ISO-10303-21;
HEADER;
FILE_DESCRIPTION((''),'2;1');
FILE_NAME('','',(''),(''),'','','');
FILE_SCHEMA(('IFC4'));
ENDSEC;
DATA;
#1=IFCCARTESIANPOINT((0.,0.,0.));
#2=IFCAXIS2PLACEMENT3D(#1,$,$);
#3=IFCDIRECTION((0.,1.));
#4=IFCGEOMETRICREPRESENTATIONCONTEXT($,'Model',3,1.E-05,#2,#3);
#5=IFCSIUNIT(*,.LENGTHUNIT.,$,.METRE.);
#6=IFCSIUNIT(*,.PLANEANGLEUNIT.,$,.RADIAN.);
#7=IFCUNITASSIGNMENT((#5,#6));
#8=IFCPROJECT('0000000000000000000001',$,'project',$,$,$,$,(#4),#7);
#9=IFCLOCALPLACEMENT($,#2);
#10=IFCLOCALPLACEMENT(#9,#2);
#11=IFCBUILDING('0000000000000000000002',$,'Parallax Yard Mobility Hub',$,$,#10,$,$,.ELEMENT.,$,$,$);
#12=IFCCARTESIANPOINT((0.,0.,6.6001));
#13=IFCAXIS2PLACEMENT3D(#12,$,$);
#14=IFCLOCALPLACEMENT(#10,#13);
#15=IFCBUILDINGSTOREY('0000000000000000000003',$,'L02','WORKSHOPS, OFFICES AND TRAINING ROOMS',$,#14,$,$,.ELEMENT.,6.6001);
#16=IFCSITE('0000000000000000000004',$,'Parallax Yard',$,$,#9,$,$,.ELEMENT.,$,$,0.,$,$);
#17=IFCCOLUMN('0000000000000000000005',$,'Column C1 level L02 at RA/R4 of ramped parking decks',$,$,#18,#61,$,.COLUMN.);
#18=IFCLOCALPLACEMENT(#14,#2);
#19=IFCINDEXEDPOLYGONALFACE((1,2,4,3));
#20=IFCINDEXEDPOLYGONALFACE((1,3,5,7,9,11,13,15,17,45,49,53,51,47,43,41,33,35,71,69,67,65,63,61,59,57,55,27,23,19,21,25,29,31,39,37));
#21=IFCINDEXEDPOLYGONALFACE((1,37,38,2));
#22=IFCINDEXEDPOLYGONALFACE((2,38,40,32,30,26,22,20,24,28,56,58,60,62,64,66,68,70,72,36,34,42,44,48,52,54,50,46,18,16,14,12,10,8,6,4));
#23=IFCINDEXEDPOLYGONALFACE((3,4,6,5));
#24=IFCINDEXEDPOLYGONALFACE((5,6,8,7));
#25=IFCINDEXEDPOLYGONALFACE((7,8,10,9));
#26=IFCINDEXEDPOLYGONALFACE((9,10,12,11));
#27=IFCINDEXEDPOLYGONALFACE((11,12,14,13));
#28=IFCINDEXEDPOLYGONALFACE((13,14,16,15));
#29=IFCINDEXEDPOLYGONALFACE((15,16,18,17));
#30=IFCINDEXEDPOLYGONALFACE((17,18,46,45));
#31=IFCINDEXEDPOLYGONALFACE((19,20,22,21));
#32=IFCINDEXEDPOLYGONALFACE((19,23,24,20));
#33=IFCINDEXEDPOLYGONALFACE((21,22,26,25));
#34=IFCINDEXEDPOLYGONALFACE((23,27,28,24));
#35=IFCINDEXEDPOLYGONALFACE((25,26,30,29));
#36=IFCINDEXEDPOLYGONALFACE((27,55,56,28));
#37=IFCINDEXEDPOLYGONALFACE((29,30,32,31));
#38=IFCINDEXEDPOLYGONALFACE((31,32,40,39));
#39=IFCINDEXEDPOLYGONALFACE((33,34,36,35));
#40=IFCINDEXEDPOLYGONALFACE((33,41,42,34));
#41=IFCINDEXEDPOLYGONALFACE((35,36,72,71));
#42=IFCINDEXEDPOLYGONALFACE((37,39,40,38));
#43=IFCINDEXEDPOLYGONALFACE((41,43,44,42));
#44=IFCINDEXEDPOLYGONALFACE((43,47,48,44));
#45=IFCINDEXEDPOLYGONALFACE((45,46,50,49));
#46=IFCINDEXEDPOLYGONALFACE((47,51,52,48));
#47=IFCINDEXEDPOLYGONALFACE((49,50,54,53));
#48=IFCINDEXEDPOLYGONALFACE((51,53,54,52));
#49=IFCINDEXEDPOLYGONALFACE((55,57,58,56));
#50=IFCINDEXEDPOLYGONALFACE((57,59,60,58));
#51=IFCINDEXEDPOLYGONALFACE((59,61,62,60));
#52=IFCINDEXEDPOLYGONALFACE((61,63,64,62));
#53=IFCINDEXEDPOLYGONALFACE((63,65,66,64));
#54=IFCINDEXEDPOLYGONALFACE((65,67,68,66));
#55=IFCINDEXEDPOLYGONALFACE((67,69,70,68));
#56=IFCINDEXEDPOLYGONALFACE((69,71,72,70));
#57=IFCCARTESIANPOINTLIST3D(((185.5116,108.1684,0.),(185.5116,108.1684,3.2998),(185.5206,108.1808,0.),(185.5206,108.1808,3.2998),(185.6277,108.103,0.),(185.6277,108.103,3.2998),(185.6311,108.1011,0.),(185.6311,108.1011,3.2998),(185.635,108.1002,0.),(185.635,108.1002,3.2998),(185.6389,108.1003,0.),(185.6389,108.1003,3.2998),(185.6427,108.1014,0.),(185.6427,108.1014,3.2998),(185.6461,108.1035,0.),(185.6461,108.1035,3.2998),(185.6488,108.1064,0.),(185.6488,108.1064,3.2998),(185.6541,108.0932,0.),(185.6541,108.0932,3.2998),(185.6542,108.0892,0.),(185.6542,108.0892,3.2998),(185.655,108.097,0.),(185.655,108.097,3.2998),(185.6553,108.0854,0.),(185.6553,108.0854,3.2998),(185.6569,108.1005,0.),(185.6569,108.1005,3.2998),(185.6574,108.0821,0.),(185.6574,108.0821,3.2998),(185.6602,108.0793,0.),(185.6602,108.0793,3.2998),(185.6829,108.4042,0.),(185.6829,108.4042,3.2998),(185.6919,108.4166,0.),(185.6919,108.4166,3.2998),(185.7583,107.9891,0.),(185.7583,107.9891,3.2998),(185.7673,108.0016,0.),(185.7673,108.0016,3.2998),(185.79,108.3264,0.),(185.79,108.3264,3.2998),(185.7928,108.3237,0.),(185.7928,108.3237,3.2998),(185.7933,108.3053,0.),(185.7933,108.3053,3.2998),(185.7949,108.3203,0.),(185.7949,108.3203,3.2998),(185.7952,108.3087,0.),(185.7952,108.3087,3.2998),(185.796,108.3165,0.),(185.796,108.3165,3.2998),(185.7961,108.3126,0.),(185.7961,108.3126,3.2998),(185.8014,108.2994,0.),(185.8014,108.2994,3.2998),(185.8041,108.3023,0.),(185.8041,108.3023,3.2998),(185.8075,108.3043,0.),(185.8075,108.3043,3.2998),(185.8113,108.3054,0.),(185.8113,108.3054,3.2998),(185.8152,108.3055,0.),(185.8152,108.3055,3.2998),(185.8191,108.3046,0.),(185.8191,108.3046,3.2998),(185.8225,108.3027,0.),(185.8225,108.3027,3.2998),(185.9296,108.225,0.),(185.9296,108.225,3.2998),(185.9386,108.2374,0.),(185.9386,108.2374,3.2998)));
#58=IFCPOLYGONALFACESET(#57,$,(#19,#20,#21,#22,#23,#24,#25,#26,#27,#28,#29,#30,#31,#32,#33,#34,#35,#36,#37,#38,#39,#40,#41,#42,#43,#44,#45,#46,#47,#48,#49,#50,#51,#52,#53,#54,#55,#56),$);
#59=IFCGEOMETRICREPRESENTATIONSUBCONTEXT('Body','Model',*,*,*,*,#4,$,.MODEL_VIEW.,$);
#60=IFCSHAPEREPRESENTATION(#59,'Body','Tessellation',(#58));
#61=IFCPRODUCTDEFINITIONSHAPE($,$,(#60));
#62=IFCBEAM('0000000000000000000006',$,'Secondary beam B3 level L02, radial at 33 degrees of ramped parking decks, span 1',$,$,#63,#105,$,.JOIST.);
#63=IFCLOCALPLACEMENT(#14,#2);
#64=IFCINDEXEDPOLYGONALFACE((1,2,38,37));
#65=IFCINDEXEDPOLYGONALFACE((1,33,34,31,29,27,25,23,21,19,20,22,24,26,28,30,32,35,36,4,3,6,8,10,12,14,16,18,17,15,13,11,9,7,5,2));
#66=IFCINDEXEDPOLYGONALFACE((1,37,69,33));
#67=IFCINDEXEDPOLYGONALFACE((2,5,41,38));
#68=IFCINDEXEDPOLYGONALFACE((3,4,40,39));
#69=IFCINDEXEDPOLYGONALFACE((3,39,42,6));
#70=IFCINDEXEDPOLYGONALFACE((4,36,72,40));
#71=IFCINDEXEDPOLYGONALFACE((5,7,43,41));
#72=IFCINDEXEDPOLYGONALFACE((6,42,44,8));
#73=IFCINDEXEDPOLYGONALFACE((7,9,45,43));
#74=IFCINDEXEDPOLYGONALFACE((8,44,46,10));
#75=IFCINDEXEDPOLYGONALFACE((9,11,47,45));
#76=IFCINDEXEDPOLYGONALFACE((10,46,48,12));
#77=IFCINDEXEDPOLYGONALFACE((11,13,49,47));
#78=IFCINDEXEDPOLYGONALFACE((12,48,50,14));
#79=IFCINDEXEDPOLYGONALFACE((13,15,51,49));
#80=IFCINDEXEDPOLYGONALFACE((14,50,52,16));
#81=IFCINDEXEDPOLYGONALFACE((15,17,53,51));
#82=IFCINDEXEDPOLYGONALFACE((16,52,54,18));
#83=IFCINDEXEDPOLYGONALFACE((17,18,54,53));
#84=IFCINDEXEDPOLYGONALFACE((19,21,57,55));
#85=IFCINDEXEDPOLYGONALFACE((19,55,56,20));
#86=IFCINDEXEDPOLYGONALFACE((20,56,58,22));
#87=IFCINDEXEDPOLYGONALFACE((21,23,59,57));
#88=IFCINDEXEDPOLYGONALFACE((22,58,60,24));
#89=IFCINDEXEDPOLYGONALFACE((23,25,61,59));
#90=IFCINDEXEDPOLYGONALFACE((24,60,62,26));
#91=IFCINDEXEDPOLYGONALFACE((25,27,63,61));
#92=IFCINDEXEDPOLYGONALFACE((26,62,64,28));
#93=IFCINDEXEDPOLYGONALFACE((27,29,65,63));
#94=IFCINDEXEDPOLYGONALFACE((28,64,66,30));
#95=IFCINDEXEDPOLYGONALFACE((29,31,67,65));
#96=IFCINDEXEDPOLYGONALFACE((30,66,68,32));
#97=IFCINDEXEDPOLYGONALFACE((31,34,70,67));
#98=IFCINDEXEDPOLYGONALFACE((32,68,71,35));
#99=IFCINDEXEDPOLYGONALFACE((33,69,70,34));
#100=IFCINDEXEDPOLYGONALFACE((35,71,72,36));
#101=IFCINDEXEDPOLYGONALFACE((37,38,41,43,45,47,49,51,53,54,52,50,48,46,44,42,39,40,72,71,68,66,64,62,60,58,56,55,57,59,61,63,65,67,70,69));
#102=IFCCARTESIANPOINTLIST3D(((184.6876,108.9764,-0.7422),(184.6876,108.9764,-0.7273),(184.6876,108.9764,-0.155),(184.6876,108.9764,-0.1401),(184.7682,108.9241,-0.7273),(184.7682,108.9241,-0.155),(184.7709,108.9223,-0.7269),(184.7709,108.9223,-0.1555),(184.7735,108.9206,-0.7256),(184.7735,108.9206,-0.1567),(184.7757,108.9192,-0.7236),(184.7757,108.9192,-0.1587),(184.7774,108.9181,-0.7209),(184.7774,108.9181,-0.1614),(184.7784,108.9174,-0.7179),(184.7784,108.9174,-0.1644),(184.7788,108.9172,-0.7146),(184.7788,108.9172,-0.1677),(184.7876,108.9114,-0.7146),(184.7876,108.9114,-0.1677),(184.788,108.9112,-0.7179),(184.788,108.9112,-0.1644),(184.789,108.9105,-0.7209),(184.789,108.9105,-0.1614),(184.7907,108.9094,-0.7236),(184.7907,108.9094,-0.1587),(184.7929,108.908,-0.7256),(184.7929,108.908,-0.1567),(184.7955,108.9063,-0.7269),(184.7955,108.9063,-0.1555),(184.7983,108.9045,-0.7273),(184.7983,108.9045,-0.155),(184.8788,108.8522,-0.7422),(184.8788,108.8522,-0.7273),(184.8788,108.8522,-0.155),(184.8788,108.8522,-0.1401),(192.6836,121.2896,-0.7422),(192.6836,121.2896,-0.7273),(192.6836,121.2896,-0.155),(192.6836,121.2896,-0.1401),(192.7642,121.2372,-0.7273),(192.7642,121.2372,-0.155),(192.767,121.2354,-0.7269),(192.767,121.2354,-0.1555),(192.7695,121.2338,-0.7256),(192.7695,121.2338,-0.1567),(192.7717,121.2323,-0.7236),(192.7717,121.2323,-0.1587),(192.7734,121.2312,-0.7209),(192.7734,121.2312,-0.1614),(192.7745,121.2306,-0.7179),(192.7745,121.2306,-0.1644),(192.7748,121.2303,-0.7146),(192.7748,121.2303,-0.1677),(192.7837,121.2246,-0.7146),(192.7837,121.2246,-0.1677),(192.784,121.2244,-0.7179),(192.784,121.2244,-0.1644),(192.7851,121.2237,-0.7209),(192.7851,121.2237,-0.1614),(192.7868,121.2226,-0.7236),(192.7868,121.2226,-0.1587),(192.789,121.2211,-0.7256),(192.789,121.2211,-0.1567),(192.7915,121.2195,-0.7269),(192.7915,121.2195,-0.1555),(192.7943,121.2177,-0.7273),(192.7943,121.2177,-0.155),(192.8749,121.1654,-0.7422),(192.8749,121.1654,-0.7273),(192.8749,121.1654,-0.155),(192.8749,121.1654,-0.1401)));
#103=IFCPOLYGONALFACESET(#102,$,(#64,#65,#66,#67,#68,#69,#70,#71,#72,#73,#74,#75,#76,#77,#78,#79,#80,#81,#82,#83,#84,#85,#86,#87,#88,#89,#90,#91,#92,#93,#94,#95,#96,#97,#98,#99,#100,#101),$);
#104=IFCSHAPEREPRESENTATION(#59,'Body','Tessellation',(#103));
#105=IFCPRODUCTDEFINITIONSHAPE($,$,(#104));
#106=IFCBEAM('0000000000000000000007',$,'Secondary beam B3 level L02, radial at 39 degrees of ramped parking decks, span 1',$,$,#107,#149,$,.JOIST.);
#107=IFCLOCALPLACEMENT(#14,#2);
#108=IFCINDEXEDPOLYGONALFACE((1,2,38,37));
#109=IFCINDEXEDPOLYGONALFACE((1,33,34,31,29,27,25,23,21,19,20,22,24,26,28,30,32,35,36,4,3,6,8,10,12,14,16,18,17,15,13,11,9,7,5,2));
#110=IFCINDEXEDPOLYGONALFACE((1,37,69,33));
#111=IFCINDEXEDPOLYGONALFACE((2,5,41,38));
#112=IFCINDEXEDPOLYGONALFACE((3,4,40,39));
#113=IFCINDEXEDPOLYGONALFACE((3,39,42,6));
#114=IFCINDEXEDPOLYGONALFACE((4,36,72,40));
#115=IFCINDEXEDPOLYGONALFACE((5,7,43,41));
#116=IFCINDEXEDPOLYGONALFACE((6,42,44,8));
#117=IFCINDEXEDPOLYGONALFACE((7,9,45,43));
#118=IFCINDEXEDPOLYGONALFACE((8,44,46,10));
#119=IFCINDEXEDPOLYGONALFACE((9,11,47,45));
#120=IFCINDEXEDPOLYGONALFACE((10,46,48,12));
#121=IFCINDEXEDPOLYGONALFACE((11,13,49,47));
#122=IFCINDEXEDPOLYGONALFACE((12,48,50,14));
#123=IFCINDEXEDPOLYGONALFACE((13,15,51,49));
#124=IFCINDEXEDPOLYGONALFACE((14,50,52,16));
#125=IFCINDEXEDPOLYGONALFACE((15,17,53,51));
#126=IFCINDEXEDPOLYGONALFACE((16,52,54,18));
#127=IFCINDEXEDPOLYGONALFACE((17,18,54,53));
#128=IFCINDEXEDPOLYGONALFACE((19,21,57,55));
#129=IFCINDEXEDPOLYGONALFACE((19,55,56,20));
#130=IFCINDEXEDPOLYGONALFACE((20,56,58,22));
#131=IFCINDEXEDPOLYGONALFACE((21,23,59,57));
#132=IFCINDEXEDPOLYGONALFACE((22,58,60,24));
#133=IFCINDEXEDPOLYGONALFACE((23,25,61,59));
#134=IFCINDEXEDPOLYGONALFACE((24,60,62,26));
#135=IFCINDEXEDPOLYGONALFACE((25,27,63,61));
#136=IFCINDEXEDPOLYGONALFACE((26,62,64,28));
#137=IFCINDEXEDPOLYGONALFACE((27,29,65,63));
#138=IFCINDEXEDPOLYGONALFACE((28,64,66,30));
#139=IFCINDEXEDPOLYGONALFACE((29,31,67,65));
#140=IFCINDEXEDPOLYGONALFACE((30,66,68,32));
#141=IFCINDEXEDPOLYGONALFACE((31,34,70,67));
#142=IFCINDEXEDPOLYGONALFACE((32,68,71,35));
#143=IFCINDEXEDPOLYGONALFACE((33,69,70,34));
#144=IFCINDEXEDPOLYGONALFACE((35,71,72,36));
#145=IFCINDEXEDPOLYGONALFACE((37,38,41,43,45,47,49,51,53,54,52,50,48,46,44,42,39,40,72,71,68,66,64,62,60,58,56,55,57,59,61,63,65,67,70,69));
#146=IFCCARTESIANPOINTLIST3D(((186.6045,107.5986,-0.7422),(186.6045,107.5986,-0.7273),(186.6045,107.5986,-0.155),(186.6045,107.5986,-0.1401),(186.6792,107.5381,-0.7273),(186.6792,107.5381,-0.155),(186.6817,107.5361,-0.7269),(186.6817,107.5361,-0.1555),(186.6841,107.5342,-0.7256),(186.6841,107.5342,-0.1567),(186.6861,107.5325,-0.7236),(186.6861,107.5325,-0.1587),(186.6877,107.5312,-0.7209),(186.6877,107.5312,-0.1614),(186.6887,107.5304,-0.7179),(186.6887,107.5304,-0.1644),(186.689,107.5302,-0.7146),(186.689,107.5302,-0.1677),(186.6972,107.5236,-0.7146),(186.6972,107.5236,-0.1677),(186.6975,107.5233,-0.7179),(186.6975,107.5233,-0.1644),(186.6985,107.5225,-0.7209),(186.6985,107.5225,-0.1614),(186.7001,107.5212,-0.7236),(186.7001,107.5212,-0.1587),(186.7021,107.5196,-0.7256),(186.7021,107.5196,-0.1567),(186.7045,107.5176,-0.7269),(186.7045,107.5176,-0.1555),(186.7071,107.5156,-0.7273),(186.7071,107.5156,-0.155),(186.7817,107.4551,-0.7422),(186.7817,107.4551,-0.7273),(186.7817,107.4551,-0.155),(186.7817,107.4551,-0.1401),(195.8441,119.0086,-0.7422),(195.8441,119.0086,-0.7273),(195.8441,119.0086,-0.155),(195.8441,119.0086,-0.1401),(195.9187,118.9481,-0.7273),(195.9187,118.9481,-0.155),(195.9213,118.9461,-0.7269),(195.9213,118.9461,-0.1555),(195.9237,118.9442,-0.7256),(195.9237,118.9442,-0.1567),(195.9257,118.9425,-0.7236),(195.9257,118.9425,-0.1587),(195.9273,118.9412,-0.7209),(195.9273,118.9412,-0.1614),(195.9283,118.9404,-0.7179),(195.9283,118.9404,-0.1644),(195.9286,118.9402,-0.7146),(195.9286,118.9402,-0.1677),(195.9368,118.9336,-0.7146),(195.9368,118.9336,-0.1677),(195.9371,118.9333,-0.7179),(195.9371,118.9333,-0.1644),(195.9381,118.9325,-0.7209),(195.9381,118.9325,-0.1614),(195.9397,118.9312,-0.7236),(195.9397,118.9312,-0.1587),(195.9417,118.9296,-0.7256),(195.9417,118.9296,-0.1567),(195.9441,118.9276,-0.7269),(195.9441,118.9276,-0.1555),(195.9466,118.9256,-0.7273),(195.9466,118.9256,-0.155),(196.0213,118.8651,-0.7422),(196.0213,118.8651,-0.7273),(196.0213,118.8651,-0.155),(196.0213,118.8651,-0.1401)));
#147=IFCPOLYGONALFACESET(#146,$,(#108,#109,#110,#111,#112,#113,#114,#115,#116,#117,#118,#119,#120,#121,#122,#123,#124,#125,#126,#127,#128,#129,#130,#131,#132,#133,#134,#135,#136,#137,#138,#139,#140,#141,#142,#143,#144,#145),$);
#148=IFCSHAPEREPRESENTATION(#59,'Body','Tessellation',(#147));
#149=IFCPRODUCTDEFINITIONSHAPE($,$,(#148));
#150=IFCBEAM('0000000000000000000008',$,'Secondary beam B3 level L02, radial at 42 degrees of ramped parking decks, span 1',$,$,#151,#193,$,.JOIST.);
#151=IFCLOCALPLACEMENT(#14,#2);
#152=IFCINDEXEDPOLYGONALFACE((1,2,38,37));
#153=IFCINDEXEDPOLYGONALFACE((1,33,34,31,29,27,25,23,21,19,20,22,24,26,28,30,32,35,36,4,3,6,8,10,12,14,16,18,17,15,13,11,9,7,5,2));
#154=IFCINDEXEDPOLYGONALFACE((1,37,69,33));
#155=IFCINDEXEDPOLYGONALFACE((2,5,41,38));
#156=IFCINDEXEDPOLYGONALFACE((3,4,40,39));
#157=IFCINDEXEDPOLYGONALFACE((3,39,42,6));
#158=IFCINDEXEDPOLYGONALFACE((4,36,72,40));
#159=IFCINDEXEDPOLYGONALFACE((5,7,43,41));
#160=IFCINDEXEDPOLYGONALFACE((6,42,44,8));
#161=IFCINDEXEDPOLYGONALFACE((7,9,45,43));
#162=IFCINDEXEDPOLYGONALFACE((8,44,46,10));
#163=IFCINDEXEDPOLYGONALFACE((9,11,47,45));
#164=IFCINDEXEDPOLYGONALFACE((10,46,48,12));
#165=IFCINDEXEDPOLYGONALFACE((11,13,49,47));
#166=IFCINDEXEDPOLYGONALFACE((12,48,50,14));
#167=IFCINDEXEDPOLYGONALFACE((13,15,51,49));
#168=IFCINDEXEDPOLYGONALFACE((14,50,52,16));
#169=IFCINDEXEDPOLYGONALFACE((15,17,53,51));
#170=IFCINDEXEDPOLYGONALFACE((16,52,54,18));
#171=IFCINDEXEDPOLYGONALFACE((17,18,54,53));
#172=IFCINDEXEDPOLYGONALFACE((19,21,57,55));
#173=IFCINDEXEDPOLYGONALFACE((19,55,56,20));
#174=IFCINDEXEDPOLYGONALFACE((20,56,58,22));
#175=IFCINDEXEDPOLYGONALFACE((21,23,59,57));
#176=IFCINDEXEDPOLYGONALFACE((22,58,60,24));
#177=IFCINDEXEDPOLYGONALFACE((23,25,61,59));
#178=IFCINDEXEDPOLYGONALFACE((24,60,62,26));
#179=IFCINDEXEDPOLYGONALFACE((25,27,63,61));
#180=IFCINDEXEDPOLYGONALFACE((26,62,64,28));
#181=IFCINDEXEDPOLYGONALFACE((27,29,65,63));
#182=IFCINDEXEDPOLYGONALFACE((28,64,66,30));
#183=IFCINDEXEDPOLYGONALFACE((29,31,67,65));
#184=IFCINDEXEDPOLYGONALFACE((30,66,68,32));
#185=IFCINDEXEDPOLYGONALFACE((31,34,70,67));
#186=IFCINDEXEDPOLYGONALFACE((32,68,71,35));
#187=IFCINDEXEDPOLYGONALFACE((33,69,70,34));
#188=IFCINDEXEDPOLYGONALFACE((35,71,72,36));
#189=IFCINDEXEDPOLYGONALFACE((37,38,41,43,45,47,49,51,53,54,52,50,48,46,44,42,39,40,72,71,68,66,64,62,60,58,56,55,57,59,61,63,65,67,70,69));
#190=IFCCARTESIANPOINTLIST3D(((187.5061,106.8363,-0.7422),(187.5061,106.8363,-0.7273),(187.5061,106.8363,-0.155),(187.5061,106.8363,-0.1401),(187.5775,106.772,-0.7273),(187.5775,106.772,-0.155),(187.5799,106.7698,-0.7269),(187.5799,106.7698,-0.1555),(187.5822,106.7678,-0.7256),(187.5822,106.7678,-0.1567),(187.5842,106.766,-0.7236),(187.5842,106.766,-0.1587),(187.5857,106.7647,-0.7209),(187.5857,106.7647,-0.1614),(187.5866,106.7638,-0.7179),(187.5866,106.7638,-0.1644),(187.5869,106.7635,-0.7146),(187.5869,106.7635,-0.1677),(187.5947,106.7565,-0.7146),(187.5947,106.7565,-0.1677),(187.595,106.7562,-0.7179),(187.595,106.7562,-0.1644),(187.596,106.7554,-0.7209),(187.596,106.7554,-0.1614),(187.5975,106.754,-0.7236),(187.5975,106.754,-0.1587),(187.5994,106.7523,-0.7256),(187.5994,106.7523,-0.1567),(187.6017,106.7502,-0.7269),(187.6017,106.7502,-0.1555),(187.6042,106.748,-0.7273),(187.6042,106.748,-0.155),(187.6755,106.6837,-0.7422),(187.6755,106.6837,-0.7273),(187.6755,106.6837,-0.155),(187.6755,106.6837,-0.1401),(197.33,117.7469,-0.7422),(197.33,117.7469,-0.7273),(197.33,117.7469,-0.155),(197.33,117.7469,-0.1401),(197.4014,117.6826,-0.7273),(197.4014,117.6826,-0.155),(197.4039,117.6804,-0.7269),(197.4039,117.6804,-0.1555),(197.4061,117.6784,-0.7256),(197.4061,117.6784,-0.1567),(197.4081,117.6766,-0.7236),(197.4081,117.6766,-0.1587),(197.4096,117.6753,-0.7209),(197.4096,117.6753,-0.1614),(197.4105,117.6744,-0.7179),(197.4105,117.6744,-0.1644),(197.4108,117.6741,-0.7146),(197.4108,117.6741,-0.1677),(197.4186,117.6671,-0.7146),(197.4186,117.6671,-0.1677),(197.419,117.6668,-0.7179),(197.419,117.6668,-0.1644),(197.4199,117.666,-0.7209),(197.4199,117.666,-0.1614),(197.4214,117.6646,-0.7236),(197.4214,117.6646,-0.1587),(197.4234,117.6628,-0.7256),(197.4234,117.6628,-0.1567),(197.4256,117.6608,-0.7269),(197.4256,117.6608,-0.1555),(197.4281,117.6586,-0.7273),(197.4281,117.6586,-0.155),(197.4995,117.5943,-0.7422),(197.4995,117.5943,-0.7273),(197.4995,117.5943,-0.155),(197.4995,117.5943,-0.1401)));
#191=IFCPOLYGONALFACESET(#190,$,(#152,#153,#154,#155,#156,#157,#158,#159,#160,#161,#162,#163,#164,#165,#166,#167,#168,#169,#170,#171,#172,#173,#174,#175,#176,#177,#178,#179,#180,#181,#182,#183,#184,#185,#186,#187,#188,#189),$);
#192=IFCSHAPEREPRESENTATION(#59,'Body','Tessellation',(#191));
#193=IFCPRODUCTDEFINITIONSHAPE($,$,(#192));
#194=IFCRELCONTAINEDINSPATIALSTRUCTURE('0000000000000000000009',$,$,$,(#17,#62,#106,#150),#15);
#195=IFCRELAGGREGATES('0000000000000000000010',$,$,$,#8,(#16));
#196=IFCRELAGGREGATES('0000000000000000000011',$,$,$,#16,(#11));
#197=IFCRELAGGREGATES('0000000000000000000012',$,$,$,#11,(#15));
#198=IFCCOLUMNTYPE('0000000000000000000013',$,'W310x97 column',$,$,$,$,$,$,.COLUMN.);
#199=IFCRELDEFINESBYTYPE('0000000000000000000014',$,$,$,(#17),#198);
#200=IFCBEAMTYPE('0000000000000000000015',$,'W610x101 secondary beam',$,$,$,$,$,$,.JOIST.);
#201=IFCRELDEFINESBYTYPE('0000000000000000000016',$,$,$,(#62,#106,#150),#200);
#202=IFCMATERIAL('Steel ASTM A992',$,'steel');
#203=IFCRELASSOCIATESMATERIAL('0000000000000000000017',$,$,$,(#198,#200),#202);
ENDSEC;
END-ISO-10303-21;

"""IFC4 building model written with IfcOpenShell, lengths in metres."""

from ifc_helpers import new_model, si_unit, direction, frame, origin, origin_2d, place, context, subcontext, project, spatial, i_section, extrude, material, material_profile, profile_set, type_object, element, save


model = new_model("IFC4")

# Units and contexts
model_context = context("Model", 3, precision=1e-05, world=origin(), true_north=direction((0.0, 1.0)))
body_context = subcontext(model_context, "Body", "Model", "MODEL_VIEW")
ifc_project = project(units=[si_unit("LENGTHUNIT", "METRE"), si_unit("PLANEANGLEUNIT", "RADIAN")], contexts=[model_context])

# Site, building, storey
site_placement = place(None, origin())
site = spatial("IfcSite", under=ifc_project, at=site_placement, Name="Parallax Yard", CompositionType="ELEMENT", RefElevation=0.0)
building_placement = place(site_placement, origin())
building = spatial("IfcBuilding", under=site, at=building_placement, Name="Parallax Yard Mobility Hub", CompositionType="ELEMENT")
storey_placement = place(building_placement, frame((0.0, 0.0, 6.6001)))
storey = spatial("IfcBuildingStorey", under=building, at=storey_placement, Name="L02", Description="WORKSHOPS, OFFICES AND TRAINING ROOMS", CompositionType="ELEMENT", Elevation=6.6001)

# Column
ifc_material_1 = material(Name="Steel ASTM A992", Category="steel")
ifc_material_profile_1 = material_profile(ifc_material_1, i_section(OverallWidth=0.3049, OverallDepth=0.3069, WebThickness=0.01, FlangeThickness=0.0154, FilletRadius=0.0151, at=origin_2d()), Name="W310x97")
ifc_profile_set_1 = profile_set([ifc_material_profile_1], Name="Steel ASTM A992")
column_type = type_object("IfcColumnType", Name="W310x97 column", PredefinedType="COLUMN", material=ifc_profile_set_1)
column_placement = place(storey_placement, frame((185.7251, 108.2029, 0.0), z_axis=(0.0, 0.0, 1.0), x_axis=(-0.809017, 0.587785, 0.0)))
element("IfcColumn", 1, at=column_placement, inside=storey, type_object=column_type, Name="Column C1 level L02 at RA/R4 of ramped parking decks", PredefinedType="COLUMN", context=body_context, shape_type="SweptSolid", body=[
    extrude(i_section(OverallWidth=0.3049, OverallDepth=0.3069, WebThickness=0.01, FlangeThickness=0.0154, FilletRadius=0.0151, at=origin_2d()), origin(), (0.0, 0.0, 1.0), 3.2998),
])

# Beams
ifc_material_profile_2 = material_profile(ifc_material_1, i_section(OverallWidth=0.228, OverallDepth=0.6021, WebThickness=0.0105, FlangeThickness=0.0149, FilletRadius=0.0127, at=origin_2d()), Name="W610x101")
ifc_profile_set_2 = profile_set([ifc_material_profile_2], Name="Steel ASTM A992")
beam_type_1 = type_object("IfcBeamType", Name="W610x101 secondary beam", PredefinedType="JOIST", material=ifc_profile_set_2)
beam_1_placement = place(storey_placement, frame((184.7832, 108.9143, -0.4412), z_axis=(0.544629, 0.838677, 0.0), x_axis=(-0.838677, 0.544629, 0.0)))
element("IfcBeam", 2, at=beam_1_placement, inside=storey, type_object=beam_type_1, Name="Secondary beam B3 level L02, radial at 33 degrees of ramped parking decks, span 1", PredefinedType="JOIST", context=body_context, shape_type="SweptSolid", body=[
    extrude(i_section(OverallWidth=0.228, OverallDepth=0.6021, WebThickness=0.0105, FlangeThickness=0.0149, FilletRadius=0.0127, at=origin_2d()), origin(), (0.0, 0.0, 1.0), 14.6816),
])
beam_2_placement = place(storey_placement, frame((186.6931, 107.5269, -0.4412), z_axis=(0.629318, 0.777148, 0.0), x_axis=(-0.777148, 0.629318, 0.0)))
element("IfcBeam", 3, at=beam_2_placement, inside=storey, type_object=beam_type_1, Name="Secondary beam B3 level L02, radial at 39 degrees of ramped parking decks, span 1", PredefinedType="JOIST", context=body_context, shape_type="SweptSolid", body=[
    extrude(i_section(OverallWidth=0.228, OverallDepth=0.6021, WebThickness=0.0105, FlangeThickness=0.0149, FilletRadius=0.0127, at=origin_2d()), origin(), (0.0, 0.0, 1.0), 14.6819),
])
beam_3_placement = place(storey_placement, frame((187.5908, 106.76, -0.4412), z_axis=(0.66913, 0.743145, 0.0), x_axis=(-0.743145, 0.66913, 0.0)))
element("IfcBeam", 4, at=beam_3_placement, inside=storey, type_object=beam_type_1, Name="Secondary beam B3 level L02, radial at 42 degrees of ramped parking decks, span 1", PredefinedType="JOIST", context=body_context, shape_type="SweptSolid", body=[
    extrude(i_section(OverallWidth=0.228, OverallDepth=0.6021, WebThickness=0.0105, FlangeThickness=0.0149, FilletRadius=0.0127, at=origin_2d()), origin(), (0.0, 0.0, 1.0), 14.6816),
])

save(model, "model.ifc")
